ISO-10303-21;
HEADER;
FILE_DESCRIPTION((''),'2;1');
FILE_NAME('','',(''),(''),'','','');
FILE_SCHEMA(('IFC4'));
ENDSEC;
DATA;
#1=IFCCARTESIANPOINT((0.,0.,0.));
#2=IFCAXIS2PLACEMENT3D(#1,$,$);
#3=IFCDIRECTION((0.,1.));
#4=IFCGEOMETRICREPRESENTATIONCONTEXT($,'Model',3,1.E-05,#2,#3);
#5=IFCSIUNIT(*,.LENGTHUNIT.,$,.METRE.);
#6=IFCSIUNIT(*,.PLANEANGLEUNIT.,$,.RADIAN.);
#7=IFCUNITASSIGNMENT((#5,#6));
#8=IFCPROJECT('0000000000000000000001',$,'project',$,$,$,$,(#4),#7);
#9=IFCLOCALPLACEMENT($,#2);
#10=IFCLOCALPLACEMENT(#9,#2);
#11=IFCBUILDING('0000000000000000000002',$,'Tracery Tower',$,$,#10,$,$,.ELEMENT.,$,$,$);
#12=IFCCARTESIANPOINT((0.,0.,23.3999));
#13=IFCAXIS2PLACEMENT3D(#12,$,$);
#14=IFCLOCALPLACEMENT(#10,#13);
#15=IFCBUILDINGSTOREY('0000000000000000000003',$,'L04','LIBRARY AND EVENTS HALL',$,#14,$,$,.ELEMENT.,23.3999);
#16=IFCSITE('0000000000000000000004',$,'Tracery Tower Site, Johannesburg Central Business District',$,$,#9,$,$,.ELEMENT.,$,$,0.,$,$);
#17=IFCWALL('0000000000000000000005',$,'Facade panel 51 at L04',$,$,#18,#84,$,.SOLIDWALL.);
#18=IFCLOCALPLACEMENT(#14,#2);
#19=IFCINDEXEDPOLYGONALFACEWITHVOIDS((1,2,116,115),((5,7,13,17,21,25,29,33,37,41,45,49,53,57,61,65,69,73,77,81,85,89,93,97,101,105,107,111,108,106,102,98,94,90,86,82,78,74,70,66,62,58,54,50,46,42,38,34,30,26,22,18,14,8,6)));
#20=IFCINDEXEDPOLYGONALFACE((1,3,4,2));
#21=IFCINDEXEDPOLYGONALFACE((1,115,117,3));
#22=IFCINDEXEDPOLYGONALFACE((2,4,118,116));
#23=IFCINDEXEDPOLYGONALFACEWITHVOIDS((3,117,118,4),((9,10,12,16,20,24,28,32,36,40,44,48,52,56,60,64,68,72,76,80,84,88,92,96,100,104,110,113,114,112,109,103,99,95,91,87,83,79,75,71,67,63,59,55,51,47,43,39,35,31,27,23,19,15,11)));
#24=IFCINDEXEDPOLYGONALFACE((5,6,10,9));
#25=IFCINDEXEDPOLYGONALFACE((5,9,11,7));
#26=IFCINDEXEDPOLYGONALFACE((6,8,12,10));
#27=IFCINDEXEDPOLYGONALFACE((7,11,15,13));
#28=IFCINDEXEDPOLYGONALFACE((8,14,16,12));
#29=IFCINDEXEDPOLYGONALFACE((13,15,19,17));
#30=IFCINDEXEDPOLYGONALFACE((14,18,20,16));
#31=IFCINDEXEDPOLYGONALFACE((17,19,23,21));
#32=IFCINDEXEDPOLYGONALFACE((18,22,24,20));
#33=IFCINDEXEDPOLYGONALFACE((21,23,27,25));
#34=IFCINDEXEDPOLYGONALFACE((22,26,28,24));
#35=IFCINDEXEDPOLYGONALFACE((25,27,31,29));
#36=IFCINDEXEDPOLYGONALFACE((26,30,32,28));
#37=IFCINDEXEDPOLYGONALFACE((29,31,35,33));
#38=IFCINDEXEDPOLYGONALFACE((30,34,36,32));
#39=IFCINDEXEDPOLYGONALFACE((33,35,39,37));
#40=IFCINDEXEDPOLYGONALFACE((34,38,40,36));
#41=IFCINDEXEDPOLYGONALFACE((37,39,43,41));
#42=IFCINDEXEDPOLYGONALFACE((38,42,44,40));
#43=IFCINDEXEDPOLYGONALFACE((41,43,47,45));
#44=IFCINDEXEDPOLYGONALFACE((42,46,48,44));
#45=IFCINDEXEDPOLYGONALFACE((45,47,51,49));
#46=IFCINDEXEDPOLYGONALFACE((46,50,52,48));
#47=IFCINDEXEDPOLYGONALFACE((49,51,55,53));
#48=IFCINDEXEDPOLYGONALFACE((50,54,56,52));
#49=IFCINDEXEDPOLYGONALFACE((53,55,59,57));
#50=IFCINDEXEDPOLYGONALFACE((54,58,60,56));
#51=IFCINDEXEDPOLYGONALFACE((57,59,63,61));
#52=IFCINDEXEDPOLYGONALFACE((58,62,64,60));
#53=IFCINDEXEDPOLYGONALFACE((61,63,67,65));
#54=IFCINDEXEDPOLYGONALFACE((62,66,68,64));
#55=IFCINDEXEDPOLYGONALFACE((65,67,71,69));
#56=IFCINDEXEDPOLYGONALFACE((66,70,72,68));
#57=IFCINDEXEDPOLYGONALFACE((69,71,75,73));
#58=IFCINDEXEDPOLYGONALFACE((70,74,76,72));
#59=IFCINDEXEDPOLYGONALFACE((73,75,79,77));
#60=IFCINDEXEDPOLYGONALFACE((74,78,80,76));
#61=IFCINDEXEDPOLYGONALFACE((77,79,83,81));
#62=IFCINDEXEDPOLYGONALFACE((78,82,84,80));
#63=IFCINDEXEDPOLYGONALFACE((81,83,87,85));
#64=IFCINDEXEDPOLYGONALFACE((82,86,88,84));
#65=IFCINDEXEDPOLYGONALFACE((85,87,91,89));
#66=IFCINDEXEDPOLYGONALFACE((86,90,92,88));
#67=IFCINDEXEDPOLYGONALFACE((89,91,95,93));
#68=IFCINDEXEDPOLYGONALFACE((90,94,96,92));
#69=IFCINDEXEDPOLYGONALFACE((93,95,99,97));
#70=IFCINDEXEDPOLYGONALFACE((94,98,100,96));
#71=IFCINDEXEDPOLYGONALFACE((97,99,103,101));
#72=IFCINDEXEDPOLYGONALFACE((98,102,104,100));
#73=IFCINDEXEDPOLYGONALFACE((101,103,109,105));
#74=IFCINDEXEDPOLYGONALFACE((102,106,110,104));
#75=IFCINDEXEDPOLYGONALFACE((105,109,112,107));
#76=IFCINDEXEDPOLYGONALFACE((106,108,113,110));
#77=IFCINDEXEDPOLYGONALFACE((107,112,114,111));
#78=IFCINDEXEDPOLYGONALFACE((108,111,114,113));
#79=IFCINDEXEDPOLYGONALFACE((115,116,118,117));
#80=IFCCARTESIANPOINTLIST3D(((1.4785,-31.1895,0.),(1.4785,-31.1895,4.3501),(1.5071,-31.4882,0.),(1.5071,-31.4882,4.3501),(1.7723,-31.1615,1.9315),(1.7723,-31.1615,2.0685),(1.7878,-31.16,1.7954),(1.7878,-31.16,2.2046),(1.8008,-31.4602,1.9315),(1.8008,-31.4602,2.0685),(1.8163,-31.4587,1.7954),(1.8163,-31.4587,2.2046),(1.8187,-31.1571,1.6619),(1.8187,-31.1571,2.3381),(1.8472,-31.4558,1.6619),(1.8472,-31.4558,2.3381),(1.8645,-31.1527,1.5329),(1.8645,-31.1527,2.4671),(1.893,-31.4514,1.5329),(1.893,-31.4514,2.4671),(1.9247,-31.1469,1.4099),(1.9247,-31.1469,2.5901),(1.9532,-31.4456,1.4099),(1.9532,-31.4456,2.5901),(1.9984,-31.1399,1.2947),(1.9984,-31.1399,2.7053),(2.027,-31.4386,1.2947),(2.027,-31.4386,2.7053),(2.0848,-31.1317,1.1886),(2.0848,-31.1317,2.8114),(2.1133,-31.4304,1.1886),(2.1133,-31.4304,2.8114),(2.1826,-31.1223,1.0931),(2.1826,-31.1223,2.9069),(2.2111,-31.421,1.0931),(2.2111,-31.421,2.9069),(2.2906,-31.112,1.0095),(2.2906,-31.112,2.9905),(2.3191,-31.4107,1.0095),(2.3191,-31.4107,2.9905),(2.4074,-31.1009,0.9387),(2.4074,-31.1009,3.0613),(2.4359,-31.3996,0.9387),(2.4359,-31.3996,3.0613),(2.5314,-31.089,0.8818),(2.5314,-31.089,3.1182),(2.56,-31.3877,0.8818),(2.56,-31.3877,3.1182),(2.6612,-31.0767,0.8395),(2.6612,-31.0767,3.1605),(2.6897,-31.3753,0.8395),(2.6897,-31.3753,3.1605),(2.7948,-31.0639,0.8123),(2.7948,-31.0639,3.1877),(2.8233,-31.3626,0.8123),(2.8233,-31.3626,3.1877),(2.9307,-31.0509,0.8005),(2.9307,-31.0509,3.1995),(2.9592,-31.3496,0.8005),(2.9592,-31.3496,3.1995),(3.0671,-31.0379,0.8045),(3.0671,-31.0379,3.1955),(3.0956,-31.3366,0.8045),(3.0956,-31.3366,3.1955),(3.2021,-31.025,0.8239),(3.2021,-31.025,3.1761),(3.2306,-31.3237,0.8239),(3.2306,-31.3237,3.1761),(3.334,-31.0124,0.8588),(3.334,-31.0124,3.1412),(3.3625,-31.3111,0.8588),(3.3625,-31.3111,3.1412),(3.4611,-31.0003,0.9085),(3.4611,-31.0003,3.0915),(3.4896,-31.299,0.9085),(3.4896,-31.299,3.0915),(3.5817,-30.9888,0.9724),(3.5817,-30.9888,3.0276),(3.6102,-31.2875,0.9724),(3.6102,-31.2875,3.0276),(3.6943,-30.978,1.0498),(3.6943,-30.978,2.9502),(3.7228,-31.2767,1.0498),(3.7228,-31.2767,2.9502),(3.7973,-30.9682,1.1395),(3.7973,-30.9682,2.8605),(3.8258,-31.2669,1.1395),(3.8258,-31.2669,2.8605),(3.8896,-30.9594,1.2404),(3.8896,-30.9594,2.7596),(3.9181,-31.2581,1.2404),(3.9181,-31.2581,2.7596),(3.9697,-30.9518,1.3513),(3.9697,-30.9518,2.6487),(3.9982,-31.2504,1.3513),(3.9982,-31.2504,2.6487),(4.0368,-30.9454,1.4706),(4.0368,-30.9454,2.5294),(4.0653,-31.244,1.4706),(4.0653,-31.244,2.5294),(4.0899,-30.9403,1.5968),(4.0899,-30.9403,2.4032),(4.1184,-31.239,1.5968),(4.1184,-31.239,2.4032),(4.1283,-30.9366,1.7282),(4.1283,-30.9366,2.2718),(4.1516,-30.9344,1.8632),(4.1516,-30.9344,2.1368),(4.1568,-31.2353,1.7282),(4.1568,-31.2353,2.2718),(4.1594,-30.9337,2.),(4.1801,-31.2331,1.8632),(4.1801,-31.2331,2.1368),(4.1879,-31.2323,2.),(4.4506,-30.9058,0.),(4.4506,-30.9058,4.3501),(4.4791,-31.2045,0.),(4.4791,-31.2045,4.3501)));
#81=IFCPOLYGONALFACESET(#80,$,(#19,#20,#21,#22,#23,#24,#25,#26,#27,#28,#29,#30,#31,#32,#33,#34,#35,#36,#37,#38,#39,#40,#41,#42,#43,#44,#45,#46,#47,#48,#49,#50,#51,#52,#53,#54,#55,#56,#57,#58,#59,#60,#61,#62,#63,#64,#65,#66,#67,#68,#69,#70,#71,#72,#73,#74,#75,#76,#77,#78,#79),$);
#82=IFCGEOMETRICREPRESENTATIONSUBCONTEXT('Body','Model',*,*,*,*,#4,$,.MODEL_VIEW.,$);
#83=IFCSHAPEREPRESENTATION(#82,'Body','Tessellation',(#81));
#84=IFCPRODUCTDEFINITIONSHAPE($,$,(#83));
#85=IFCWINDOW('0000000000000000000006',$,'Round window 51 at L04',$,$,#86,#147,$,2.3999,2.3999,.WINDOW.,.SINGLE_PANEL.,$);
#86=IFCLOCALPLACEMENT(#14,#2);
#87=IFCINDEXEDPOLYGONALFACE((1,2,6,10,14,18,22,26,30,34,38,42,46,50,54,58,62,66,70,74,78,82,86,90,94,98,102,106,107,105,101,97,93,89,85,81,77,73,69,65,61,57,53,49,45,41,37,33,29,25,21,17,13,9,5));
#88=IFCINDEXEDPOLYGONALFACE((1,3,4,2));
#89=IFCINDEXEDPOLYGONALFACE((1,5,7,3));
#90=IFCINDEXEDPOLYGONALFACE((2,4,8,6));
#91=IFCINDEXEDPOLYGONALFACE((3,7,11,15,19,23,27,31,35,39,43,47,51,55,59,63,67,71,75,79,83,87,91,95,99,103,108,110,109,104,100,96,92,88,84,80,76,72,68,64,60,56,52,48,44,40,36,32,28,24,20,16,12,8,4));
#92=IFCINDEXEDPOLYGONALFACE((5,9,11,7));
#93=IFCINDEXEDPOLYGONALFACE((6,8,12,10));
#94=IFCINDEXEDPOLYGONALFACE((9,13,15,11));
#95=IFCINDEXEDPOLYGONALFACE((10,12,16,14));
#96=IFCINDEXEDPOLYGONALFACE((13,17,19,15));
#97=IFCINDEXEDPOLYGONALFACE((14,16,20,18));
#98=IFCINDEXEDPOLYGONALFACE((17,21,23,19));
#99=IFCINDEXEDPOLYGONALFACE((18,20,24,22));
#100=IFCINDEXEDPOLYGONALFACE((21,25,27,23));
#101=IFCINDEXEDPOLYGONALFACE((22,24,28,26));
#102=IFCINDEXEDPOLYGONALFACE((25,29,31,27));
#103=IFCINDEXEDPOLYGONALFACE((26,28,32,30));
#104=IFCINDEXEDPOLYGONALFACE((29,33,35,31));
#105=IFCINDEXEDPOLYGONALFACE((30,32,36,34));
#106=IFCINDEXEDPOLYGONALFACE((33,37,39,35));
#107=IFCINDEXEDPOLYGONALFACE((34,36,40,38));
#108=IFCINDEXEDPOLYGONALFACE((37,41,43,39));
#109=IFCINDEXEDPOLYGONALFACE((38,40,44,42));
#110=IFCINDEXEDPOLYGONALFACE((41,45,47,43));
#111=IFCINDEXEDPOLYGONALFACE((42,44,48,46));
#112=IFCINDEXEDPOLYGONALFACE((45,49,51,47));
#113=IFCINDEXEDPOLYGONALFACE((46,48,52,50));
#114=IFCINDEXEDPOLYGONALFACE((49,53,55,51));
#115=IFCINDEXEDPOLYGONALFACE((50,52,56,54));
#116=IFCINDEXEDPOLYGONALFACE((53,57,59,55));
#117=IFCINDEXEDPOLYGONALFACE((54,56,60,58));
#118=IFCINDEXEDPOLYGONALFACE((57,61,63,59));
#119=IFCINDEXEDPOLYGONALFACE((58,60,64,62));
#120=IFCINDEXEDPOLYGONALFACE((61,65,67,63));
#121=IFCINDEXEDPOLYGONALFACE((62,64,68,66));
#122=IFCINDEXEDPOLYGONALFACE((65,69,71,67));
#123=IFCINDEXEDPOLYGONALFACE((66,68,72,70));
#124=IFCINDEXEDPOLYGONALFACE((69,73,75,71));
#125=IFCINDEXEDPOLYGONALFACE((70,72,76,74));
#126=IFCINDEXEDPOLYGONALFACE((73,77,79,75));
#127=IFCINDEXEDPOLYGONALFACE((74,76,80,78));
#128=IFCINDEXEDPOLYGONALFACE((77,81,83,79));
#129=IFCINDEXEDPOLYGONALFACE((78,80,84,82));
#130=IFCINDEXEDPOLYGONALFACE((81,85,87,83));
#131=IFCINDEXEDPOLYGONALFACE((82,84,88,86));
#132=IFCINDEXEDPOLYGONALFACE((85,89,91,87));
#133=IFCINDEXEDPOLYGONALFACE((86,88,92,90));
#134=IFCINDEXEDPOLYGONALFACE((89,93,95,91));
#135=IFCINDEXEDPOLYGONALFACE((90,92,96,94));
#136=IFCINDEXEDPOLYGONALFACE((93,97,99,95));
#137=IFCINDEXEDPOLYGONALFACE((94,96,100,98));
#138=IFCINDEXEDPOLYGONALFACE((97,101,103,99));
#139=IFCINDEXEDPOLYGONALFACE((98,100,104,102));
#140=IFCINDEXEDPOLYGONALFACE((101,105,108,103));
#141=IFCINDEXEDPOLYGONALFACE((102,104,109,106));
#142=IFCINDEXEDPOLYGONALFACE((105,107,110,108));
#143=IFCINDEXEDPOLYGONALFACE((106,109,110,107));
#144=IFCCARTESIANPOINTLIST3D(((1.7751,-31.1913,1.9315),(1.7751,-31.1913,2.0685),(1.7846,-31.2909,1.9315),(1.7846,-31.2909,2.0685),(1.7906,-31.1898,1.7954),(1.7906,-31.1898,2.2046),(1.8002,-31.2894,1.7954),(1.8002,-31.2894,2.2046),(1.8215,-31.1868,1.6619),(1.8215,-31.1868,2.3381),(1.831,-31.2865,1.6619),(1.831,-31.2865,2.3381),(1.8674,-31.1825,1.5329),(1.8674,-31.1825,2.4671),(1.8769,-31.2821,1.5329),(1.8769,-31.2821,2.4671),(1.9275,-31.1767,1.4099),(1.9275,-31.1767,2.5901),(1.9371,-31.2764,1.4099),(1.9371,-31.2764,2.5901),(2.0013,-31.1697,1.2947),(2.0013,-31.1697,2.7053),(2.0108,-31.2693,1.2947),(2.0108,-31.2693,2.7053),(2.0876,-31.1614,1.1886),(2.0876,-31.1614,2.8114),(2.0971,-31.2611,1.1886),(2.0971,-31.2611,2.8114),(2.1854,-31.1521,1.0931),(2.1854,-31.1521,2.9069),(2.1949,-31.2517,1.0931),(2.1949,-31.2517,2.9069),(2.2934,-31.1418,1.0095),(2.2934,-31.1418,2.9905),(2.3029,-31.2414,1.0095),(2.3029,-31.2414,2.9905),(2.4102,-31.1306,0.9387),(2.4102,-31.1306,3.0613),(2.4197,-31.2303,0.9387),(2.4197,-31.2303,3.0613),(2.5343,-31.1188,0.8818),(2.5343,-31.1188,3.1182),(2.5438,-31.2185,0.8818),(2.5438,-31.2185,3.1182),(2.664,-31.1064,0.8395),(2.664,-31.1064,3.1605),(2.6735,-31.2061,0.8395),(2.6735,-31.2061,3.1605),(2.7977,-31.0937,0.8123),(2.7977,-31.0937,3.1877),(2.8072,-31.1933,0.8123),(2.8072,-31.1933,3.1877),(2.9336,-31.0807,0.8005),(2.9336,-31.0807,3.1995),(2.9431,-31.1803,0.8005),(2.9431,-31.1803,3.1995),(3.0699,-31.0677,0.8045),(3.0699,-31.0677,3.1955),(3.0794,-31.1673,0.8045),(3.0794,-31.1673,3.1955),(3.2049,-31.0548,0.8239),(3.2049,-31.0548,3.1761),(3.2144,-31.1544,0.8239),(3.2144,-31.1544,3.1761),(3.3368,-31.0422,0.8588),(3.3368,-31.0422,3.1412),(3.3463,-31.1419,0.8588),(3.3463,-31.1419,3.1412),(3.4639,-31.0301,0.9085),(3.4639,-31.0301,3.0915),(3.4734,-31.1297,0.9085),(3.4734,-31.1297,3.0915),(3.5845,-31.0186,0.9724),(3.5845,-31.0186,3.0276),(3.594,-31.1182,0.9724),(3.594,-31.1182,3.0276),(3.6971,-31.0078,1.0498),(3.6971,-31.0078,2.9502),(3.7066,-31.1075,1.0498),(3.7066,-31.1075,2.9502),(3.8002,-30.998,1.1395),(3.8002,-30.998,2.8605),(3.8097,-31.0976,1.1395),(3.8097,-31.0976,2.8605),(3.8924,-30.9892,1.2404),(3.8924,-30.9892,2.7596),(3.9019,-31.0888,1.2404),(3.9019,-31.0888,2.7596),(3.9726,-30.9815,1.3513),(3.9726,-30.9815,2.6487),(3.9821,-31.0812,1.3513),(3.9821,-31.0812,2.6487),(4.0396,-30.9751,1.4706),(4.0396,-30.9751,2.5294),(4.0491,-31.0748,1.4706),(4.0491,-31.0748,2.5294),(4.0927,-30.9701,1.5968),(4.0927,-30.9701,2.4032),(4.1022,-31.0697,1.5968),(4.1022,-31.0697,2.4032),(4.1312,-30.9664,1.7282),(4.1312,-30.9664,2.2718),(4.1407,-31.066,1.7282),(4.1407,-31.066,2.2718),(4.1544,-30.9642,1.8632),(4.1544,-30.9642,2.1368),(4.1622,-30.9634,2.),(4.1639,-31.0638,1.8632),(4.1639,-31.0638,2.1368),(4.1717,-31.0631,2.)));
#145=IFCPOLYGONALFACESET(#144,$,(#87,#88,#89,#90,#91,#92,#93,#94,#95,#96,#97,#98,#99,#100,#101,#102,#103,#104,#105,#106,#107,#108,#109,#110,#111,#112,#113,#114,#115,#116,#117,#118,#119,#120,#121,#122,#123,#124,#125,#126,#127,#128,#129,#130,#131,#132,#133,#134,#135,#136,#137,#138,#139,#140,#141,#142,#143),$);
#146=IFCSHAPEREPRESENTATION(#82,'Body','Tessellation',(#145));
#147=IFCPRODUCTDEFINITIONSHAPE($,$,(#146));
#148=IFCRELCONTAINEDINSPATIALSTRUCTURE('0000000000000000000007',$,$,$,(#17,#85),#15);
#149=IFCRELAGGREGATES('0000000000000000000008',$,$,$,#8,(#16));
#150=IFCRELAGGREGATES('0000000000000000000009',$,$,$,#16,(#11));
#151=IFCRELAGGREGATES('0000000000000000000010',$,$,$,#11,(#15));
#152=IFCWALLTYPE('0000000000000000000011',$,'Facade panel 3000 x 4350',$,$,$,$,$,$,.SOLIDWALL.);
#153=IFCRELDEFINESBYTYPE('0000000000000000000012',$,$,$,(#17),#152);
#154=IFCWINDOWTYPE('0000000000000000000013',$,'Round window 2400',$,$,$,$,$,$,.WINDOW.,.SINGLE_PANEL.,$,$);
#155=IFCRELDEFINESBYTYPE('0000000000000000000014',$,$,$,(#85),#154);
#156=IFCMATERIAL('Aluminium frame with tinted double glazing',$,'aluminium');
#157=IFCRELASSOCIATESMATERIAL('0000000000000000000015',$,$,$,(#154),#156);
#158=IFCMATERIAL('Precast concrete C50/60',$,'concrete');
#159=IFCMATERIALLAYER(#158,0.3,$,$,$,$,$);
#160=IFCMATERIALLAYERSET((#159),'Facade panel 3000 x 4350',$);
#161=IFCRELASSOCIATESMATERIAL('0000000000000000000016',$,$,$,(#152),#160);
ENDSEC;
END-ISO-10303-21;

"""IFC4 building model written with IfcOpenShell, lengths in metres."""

from ifc_helpers import new_model, si_unit, direction, frame, frame_2d, origin, origin_2d, place, context, subcontext, project, spatial, rectangle, circle, extrude, material, layer, layer_set, type_object, element, fill, save


model = new_model("IFC4")

# Units and contexts
model_context = context("Model", 3, precision=1e-05, world=origin(), true_north=direction((0.0, 1.0)))
body_context = subcontext(model_context, "Body", "Model", "MODEL_VIEW")
ifc_project = project(units=[si_unit("LENGTHUNIT", "METRE"), si_unit("PLANEANGLEUNIT", "RADIAN")], contexts=[model_context])

# Site, building, storey
site_placement = place(None, origin())
site = spatial("IfcSite", under=ifc_project, at=site_placement, Name="Tracery Tower Site, Johannesburg Central Business District", CompositionType="ELEMENT", RefElevation=0.0)
building_placement = place(site_placement, origin())
building = spatial("IfcBuilding", under=site, at=building_placement, Name="Tracery Tower", CompositionType="ELEMENT")
storey_placement = place(building_placement, frame((0.0, 0.0, 23.3999)))
storey = spatial("IfcBuildingStorey", under=building, at=storey_placement, Name="L04", Description="LIBRARY AND EVENTS HALL", CompositionType="ELEMENT", Elevation=23.3999)

# Wall, opening, window
ifc_material_1 = material(Name="Aluminium frame with tinted double glazing", Category="aluminium")
window_type = type_object("IfcWindowType", Name="Round window 2400", PartitioningType="SINGLE_PANEL", PredefinedType="WINDOW", material=ifc_material_1)
ifc_material_2 = material(Name="Precast concrete C50/60", Category="concrete")
ifc_layer_1 = layer(ifc_material_2, 0.3)
ifc_layer_set_1 = layer_set([ifc_layer_1], Name="Facade panel 3000 x 4350")
wall_type_1 = type_object("IfcWallType", Name="Facade panel 3000 x 4350", PredefinedType="SOLIDWALL", material=ifc_layer_set_1)
wall_1_placement = place(storey_placement, frame((1.4929, -31.3389, 0.0), z_axis=(0.0, 0.0, 1.0), x_axis=(0.995476, 0.095017, 0.0)))
wall_1 = element("IfcWall", 1, at=wall_1_placement, inside=storey, type_object=wall_type_1, Name="Facade panel 51 at L04", PredefinedType="SOLIDWALL", context=body_context, shape_type="SweptSolid", body=[
    extrude(rectangle(XDim=2.9856, YDim=0.3, at=frame_2d((1.4927, 0.0))), origin(), (0.0, 0.0, 1.0), 4.3501),
])
opening_1_placement = place(wall_1_placement, frame((1.4929, 0.0, 2.0)))
opening_1 = element("IfcOpeningElement", 2, at=opening_1_placement, cuts=wall_1, PredefinedType="OPENING", context=body_context, shape_type="SweptSolid", body=[
    extrude(circle(Radius=1.2, at=origin_2d()), frame((0.0, 0.1599, 0.0), z_axis=(0.0, -1.0, 0.0), x_axis=(1.0, 0.0, 0.0)), (0.0, 0.0, 1.0), 0.3201),
])
window_1_placement = place(opening_1_placement, origin())
window_1 = element("IfcWindow", 3, at=window_1_placement, inside=storey, type_object=window_type, Name="Round window 51 at L04", OverallHeight=2.3999, OverallWidth=2.3999, PartitioningType="SINGLE_PANEL", PredefinedType="WINDOW", context=body_context, shape_type="SweptSolid", body=[
    extrude(circle(Radius=1.2, at=origin_2d()), frame((0.0, 0.1201, 0.0), z_axis=(0.0, -1.0, 0.0), x_axis=(1.0, 0.0, 0.0)), (0.0, 0.0, 1.0), 0.1001),
])
fill(opening_1, window_1)

save(model, "model.ifc")
